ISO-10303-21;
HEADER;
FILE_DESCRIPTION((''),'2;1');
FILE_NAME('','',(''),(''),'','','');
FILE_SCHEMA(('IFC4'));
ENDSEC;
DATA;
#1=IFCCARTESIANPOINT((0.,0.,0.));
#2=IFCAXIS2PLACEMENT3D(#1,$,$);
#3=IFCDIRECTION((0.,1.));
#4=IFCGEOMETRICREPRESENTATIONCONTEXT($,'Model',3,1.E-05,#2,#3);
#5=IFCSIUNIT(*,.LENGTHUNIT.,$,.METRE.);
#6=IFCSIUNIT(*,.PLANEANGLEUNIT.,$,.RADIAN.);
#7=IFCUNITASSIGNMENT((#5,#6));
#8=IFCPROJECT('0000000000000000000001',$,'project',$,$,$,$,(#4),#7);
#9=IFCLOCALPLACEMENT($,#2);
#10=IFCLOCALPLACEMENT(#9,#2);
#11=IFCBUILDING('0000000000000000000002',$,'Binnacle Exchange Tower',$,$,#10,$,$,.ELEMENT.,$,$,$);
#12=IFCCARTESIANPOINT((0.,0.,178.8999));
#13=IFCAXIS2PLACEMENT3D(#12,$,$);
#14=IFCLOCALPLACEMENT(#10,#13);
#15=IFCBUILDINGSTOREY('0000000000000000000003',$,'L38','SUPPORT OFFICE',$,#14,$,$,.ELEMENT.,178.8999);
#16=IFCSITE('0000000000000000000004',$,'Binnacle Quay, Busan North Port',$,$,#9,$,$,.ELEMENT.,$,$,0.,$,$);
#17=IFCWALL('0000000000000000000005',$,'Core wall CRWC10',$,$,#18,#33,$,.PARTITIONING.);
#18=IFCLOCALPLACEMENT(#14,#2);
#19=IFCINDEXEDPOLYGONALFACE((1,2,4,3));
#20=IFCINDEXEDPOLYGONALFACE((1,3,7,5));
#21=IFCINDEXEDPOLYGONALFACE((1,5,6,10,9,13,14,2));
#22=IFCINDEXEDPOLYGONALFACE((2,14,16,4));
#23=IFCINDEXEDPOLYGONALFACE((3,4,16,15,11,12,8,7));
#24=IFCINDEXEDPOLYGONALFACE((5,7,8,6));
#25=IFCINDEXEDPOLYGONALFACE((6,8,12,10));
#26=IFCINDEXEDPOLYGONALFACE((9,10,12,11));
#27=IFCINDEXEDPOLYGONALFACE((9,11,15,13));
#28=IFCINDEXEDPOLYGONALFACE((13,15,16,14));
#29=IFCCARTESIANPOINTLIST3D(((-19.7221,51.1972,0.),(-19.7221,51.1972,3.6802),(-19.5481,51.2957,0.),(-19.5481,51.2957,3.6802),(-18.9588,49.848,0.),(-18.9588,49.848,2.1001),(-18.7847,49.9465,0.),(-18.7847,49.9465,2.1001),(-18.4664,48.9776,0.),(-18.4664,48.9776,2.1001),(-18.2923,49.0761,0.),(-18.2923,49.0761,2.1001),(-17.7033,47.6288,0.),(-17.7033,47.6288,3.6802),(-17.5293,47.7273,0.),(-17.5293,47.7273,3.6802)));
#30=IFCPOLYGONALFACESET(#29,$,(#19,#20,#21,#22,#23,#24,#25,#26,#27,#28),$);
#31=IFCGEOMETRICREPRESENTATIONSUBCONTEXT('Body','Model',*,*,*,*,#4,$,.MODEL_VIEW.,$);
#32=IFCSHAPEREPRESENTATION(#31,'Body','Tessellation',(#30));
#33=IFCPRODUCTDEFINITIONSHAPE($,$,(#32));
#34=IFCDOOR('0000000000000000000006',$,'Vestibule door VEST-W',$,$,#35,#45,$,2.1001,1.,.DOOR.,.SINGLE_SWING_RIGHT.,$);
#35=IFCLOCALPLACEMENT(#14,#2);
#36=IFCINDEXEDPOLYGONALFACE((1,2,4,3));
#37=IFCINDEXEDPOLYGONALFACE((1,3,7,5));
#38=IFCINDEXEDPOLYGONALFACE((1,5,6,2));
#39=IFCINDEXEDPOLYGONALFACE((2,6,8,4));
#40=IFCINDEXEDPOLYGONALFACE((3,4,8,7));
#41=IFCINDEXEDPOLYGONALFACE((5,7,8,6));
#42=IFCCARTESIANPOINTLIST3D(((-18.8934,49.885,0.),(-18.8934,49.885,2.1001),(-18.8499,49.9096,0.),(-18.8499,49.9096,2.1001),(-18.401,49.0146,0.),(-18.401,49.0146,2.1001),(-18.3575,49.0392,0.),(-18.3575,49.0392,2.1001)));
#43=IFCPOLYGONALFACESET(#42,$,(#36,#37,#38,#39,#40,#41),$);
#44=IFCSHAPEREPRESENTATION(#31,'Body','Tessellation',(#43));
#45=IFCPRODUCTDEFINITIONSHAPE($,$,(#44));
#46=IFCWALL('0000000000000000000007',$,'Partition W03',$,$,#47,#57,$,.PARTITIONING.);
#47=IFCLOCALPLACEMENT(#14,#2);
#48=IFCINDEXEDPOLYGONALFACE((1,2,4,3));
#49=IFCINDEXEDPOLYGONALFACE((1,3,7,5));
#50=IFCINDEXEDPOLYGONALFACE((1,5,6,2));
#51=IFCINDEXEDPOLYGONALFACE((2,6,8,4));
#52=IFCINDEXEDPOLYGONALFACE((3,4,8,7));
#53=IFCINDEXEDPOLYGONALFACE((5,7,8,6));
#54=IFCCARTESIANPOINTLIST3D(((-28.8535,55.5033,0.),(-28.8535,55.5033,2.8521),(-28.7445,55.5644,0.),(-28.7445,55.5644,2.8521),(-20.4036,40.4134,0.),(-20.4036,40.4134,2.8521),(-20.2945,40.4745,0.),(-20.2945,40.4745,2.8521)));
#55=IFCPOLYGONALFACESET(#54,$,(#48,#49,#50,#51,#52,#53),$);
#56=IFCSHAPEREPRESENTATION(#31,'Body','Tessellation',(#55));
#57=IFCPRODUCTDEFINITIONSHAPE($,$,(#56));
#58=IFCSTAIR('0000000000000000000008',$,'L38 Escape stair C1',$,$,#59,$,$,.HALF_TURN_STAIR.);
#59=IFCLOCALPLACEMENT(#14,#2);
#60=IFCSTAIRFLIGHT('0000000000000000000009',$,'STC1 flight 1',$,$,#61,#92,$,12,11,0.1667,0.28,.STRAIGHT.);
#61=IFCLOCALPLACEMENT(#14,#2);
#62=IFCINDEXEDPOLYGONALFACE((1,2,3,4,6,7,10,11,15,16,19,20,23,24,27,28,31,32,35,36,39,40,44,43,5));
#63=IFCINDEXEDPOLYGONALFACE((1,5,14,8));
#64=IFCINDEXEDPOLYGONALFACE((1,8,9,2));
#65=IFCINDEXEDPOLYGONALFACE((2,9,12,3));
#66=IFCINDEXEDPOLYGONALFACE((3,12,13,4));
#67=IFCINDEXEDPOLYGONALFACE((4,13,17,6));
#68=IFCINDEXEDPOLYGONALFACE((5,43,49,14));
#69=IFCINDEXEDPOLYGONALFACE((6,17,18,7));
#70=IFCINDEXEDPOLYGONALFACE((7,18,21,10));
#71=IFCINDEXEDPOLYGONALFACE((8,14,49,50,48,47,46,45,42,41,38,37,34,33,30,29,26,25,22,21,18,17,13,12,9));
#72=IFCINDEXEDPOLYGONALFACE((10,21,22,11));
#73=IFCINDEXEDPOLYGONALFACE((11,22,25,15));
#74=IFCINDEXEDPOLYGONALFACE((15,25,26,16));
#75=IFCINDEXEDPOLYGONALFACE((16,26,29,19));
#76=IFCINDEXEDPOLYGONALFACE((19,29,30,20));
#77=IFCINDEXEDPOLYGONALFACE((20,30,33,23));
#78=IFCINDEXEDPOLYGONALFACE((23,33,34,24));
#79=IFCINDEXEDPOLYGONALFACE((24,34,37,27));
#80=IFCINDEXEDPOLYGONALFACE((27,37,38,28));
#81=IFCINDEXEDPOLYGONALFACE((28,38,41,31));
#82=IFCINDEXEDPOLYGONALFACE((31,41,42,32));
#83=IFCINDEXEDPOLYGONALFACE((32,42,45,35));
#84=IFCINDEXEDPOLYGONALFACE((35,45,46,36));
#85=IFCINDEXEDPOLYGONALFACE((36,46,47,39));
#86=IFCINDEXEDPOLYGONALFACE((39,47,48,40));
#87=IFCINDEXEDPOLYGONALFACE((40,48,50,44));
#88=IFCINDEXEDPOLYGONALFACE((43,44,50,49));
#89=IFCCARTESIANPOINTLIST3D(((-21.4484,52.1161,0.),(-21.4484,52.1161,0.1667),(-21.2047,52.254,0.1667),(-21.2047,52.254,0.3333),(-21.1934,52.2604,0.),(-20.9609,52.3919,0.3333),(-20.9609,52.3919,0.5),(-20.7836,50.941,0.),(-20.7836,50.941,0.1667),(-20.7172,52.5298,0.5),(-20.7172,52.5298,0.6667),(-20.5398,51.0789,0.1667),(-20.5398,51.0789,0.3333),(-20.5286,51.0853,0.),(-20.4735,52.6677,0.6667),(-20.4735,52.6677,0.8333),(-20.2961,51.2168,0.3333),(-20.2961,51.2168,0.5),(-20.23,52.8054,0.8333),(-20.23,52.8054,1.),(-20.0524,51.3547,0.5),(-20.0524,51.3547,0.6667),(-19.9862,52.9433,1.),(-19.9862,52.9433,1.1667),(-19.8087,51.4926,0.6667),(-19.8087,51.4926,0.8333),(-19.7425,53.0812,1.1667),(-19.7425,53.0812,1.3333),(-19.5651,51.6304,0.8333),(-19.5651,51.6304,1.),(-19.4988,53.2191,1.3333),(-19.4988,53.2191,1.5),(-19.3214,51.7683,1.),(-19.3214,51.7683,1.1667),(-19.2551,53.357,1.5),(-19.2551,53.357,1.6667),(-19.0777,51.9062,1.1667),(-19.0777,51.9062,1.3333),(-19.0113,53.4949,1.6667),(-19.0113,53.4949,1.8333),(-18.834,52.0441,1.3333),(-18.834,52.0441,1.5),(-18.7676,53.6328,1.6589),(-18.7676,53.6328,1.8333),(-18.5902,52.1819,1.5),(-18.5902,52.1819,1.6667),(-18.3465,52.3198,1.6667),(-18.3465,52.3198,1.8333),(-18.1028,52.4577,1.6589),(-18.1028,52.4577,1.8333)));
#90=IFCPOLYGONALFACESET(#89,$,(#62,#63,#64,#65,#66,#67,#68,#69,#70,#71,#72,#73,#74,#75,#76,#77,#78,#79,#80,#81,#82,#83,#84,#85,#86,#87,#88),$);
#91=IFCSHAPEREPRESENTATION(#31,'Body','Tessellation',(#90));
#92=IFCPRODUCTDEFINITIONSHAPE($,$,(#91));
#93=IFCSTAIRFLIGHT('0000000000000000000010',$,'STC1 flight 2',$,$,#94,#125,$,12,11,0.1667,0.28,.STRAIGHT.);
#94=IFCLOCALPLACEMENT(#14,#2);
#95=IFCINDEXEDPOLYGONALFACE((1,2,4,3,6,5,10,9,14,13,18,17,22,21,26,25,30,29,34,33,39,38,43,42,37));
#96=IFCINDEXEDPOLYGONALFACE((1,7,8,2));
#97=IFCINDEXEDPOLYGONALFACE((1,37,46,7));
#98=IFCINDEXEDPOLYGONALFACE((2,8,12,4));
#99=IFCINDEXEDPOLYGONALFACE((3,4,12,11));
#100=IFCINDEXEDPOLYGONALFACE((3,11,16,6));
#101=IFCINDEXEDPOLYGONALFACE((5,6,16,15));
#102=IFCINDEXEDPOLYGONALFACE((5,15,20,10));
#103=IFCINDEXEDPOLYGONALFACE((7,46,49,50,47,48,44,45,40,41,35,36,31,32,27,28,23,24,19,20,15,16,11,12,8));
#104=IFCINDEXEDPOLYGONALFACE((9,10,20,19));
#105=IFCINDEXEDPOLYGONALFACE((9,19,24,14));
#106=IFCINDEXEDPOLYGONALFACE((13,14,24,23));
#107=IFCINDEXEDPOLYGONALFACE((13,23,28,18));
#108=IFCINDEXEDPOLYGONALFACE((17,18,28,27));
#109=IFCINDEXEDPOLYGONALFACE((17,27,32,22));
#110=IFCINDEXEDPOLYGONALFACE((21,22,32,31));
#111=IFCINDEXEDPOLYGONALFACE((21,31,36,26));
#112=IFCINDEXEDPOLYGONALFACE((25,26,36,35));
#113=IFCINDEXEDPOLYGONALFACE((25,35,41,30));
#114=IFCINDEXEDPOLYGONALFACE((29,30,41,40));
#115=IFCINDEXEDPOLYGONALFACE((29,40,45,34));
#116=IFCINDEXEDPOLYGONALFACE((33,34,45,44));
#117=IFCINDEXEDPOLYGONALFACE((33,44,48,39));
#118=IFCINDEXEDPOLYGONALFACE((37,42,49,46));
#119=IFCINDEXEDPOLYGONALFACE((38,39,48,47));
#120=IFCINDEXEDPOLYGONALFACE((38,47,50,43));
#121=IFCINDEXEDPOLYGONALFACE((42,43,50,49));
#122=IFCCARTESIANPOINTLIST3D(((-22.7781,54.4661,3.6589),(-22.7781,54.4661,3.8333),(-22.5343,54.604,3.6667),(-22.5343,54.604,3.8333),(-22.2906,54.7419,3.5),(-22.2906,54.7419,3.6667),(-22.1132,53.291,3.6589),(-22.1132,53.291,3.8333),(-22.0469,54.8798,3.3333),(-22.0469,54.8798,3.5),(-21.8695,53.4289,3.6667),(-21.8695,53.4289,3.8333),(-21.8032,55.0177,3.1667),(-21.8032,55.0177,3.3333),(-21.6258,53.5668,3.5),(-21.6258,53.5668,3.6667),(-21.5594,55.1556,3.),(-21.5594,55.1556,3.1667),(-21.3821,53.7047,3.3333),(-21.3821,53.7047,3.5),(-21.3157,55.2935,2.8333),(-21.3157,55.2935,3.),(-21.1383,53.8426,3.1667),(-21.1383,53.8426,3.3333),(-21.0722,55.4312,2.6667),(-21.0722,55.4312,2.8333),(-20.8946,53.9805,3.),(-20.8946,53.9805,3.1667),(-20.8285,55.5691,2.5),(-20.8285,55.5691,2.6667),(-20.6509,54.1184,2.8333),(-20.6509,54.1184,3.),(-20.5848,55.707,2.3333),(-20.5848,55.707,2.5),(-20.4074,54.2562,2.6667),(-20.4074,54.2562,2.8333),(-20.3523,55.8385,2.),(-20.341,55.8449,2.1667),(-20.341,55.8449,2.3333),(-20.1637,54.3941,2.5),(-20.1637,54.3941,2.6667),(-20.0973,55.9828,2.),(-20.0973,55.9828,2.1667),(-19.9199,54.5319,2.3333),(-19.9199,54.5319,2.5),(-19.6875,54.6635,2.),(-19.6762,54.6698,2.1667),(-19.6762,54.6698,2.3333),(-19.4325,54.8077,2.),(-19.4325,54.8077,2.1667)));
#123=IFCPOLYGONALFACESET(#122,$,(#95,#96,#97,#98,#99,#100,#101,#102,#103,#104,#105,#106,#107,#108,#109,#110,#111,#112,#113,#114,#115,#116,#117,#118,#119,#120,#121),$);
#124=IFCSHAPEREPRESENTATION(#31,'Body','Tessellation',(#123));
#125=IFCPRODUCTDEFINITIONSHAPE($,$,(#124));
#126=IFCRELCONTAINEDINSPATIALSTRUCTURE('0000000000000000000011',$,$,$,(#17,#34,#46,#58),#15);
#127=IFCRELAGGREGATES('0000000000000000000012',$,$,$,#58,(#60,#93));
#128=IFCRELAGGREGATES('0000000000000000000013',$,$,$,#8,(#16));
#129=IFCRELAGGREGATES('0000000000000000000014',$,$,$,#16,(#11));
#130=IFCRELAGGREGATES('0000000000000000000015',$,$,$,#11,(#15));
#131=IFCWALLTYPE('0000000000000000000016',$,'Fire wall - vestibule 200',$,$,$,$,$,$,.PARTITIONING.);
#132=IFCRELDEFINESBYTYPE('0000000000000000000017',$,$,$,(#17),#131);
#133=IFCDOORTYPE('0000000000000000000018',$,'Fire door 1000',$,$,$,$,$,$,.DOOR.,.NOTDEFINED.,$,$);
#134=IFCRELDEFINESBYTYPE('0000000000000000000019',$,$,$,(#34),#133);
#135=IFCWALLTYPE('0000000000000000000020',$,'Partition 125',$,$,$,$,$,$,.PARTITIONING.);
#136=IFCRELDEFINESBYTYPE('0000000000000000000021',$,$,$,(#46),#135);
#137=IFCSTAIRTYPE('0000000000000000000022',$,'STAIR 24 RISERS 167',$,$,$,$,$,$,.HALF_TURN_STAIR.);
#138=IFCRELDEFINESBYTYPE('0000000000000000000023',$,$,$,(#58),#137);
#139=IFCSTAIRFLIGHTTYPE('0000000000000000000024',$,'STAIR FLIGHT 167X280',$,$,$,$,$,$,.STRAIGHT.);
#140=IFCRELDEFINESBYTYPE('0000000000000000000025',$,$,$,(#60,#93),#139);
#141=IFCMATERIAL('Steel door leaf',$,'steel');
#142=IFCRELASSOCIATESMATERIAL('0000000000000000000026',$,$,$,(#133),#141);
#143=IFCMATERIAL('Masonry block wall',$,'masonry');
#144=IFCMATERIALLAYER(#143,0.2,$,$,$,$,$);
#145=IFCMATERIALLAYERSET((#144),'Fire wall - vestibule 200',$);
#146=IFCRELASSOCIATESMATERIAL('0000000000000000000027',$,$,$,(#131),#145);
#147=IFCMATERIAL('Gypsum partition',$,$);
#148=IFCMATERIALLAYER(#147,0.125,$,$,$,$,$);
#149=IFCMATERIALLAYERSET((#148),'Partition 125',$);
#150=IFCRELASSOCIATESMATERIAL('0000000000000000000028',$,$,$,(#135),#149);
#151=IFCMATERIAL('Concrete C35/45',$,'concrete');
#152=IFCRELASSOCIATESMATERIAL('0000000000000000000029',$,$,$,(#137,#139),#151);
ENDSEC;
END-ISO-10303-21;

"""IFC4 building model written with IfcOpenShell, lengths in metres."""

from ifc_helpers import new_model, si_unit, direction, frame, frame_2d, origin, place, context, subcontext, project, spatial, polyline, rectangle, outline, extrude, material, layer, layer_set, type_object, element, fill, aggregate, save


model = new_model("IFC4")

# Units and contexts
model_context = context("Model", 3, precision=1e-05, world=origin(), true_north=direction((0.0, 1.0)))
body_context = subcontext(model_context, "Body", "Model", "MODEL_VIEW")
ifc_project = project(units=[si_unit("LENGTHUNIT", "METRE"), si_unit("PLANEANGLEUNIT", "RADIAN")], contexts=[model_context])

# Site, building, storey
site_placement = place(None, origin())
site = spatial("IfcSite", under=ifc_project, at=site_placement, Name="Binnacle Quay, Busan North Port", CompositionType="ELEMENT", RefElevation=0.0)
building_placement = place(site_placement, origin())
building = spatial("IfcBuilding", under=site, at=building_placement, Name="Binnacle Exchange Tower", CompositionType="ELEMENT")
storey_placement = place(building_placement, frame((0.0, 0.0, 178.8999)))
storey = spatial("IfcBuildingStorey", under=building, at=storey_placement, Name="L38", Description="SUPPORT OFFICE", CompositionType="ELEMENT", Elevation=178.8999)

# Shared definitions
ifc_material_1 = material(Name="Steel door leaf", Category="steel")

# Wall, opening, door
door_type_1 = type_object("IfcDoorType", Name="Fire door 1000", OperationType="NOTDEFINED", PredefinedType="DOOR", material=ifc_material_1)
ifc_material_2 = material(Name="Masonry block wall", Category="masonry")
ifc_layer_1 = layer(ifc_material_2, 0.2)
ifc_layer_set_1 = layer_set([ifc_layer_1], Name="Fire wall - vestibule 200")
wall_type_1 = type_object("IfcWallType", Name="Fire wall - vestibule 200", PredefinedType="PARTITIONING", material=ifc_layer_set_1)
wall_1_placement = place(storey_placement, frame((-19.635, 51.2463, 0.0), z_axis=(0.0, 0.0, 1.0), x_axis=(0.492408, -0.870364, 0.0)))
wall_1 = element("IfcWall", 1, at=wall_1_placement, inside=storey, type_object=wall_type_1, Name="Core wall CRWC10", PredefinedType="PARTITIONING", context=body_context, shape_type="SweptSolid", body=[
    extrude(rectangle(XDim=4.0999, YDim=0.2, at=frame_2d((2.0498, 0.0))), origin(), (0.0, 0.0, 1.0), 3.6802),
])
opening_1_placement = place(wall_1_placement, frame((1.55, 0.0, 0.0)))
opening_1 = element("IfcOpeningElement", 2, at=opening_1_placement, cuts=wall_1, PredefinedType="OPENING", context=body_context, shape_type="SweptSolid", body=[
    extrude(rectangle(XDim=1.0, YDim=2.1001, at=frame_2d((0.5, 1.05))), frame((0.0, 0.1099, 0.0), z_axis=(0.0, -1.0, 0.0), x_axis=(1.0, 0.0, 0.0)), (0.0, 0.0, 1.0), 0.22),
])
door_1_placement = place(opening_1_placement, frame((1.0, 0.0, 0.0), z_axis=(0.0, 0.0, 1.0), x_axis=(-1.0, 0.0, 0.0)))
door_1 = element("IfcDoor", 3, at=door_1_placement, inside=storey, type_object=door_type_1, Name="Vestibule door VEST-W", OperationType="SINGLE_SWING_RIGHT", OverallHeight=2.1001, OverallWidth=1.0, PredefinedType="DOOR", context=body_context, shape_type="SweptSolid", body=[
    extrude(rectangle(XDim=1.0, YDim=2.1001, at=frame_2d((0.5, 1.05))), frame((0.0, 0.0249, 0.0), z_axis=(0.0, -1.0, 0.0), x_axis=(1.0, 0.0, 0.0)), (0.0, 0.0, 1.0), 0.05),
])
fill(opening_1, door_1)

# Wall
ifc_material_3 = material(Name="Gypsum partition")
ifc_layer_2 = layer(ifc_material_3, 0.125)
ifc_layer_set_2 = layer_set([ifc_layer_2], Name="Partition 125")
wall_type_2 = type_object("IfcWallType", Name="Partition 125", PredefinedType="PARTITIONING", material=ifc_layer_set_2)
wall_2_placement = place(storey_placement, frame((-28.7991, 55.5339, 0.0), z_axis=(0.0, 0.0, 1.0), x_axis=(0.488587, -0.872515, 0.0)))
element("IfcWall", 4, at=wall_2_placement, inside=storey, type_object=wall_type_2, Name="Partition W03", PredefinedType="PARTITIONING", context=body_context, shape_type="SweptSolid", body=[
    extrude(rectangle(XDim=17.2947, YDim=0.125, at=frame_2d((8.6475, 0.0))), origin(), (0.0, 0.0, 1.0), 2.8521),
])

# Stair, stair flights
ifc_material_4 = material(Name="Concrete C35/45", Category="concrete")
stair_type = type_object("IfcStairType", Name="STAIR 24 RISERS 167", PredefinedType="HALF_TURN_STAIR", material=ifc_material_4)
stair_placement = place(storey_placement, origin())
stair = element("IfcStair", 5, at=stair_placement, inside=storey, type_object=stair_type, Name="L38 Escape stair C1", PredefinedType="HALF_TURN_STAIR")
stair_flight_type = type_object("IfcStairFlightType", Name="STAIR FLIGHT 167X280", PredefinedType="STRAIGHT", material=ifc_material_4)
stair_flight_1_placement = place(storey_placement, frame((-21.116, 51.5286, 0.0), z_axis=(0.0, 0.0, 1.0), x_axis=(0.870356, 0.492424, 0.0)))
stair_flight_1 = element("IfcStairFlight", 6, at=stair_flight_1_placement, type_object=stair_flight_type, Name="STC1 flight 1", NumberOfRisers=12, NumberOfTreads=11, PredefinedType="STRAIGHT", RiserHeight=0.1667, TreadLength=0.28, context=body_context, shape_type="SweptSolid", body=[
    extrude(outline(polyline([(0.0, 0.0), (0.0, 0.1667), (0.28, 0.1667), (0.28, 0.3333), (0.5601, 0.3333), (0.5601, 0.5), (0.8401, 0.5), (0.8401, 0.6667), (1.1201, 0.6667), (1.1201, 0.8333), (1.3999, 0.8333), (1.3999, 1.0), (1.6799, 1.0), (1.6799, 1.1667), (1.96, 1.1667), (1.96, 1.3333), (2.24, 1.3333), (2.24, 1.5), (2.52, 1.5), (2.52, 1.6667), (2.8, 1.6667), (2.8, 1.8333), (3.0801, 1.8333), (3.0801, 2.0), (3.0801, 1.6589), (0.293, 0.0), (0.0, 0.0)])), frame((0.0, 0.675, 0.0), z_axis=(0.0, -1.0, 0.0), x_axis=(1.0, 0.0, 0.0)), (0.0, 0.0, 1.0), 1.3501),
])
stair_flight_2_placement = place(storey_placement, frame((-19.7649, 55.3953, 2.0), z_axis=(0.0, 0.0, 1.0), x_axis=(-0.870356, -0.492424, 0.0)))
stair_flight_2 = element("IfcStairFlight", 7, at=stair_flight_2_placement, type_object=stair_flight_type, Name="STC1 flight 2", NumberOfRisers=12, NumberOfTreads=11, PredefinedType="STRAIGHT", RiserHeight=0.1667, TreadLength=0.28, context=body_context, shape_type="SweptSolid", body=[
    extrude(outline(polyline([(0.0, 0.0), (0.0, 0.1667), (0.28, 0.1667), (0.28, 0.3333), (0.5601, 0.3333), (0.5601, 0.5), (0.8401, 0.5), (0.8401, 0.6667), (1.1201, 0.6667), (1.1201, 0.8333), (1.3999, 0.8333), (1.3999, 1.0), (1.6799, 1.0), (1.6799, 1.1667), (1.96, 1.1667), (1.96, 1.3333), (2.24, 1.3333), (2.24, 1.5), (2.52, 1.5), (2.52, 1.6667), (2.8, 1.6667), (2.8, 1.8333), (3.0801, 1.8333), (3.0801, 2.0), (3.0801, 1.6589), (0.293, 0.0), (0.0, 0.0)])), frame((0.0, 0.675, 0.0), z_axis=(0.0, -1.0, 0.0), x_axis=(1.0, 0.0, 0.0)), (0.0, 0.0, 1.0), 1.3501),
])
aggregate(stair, [stair_flight_1, stair_flight_2])

save(model, "model.ifc")
